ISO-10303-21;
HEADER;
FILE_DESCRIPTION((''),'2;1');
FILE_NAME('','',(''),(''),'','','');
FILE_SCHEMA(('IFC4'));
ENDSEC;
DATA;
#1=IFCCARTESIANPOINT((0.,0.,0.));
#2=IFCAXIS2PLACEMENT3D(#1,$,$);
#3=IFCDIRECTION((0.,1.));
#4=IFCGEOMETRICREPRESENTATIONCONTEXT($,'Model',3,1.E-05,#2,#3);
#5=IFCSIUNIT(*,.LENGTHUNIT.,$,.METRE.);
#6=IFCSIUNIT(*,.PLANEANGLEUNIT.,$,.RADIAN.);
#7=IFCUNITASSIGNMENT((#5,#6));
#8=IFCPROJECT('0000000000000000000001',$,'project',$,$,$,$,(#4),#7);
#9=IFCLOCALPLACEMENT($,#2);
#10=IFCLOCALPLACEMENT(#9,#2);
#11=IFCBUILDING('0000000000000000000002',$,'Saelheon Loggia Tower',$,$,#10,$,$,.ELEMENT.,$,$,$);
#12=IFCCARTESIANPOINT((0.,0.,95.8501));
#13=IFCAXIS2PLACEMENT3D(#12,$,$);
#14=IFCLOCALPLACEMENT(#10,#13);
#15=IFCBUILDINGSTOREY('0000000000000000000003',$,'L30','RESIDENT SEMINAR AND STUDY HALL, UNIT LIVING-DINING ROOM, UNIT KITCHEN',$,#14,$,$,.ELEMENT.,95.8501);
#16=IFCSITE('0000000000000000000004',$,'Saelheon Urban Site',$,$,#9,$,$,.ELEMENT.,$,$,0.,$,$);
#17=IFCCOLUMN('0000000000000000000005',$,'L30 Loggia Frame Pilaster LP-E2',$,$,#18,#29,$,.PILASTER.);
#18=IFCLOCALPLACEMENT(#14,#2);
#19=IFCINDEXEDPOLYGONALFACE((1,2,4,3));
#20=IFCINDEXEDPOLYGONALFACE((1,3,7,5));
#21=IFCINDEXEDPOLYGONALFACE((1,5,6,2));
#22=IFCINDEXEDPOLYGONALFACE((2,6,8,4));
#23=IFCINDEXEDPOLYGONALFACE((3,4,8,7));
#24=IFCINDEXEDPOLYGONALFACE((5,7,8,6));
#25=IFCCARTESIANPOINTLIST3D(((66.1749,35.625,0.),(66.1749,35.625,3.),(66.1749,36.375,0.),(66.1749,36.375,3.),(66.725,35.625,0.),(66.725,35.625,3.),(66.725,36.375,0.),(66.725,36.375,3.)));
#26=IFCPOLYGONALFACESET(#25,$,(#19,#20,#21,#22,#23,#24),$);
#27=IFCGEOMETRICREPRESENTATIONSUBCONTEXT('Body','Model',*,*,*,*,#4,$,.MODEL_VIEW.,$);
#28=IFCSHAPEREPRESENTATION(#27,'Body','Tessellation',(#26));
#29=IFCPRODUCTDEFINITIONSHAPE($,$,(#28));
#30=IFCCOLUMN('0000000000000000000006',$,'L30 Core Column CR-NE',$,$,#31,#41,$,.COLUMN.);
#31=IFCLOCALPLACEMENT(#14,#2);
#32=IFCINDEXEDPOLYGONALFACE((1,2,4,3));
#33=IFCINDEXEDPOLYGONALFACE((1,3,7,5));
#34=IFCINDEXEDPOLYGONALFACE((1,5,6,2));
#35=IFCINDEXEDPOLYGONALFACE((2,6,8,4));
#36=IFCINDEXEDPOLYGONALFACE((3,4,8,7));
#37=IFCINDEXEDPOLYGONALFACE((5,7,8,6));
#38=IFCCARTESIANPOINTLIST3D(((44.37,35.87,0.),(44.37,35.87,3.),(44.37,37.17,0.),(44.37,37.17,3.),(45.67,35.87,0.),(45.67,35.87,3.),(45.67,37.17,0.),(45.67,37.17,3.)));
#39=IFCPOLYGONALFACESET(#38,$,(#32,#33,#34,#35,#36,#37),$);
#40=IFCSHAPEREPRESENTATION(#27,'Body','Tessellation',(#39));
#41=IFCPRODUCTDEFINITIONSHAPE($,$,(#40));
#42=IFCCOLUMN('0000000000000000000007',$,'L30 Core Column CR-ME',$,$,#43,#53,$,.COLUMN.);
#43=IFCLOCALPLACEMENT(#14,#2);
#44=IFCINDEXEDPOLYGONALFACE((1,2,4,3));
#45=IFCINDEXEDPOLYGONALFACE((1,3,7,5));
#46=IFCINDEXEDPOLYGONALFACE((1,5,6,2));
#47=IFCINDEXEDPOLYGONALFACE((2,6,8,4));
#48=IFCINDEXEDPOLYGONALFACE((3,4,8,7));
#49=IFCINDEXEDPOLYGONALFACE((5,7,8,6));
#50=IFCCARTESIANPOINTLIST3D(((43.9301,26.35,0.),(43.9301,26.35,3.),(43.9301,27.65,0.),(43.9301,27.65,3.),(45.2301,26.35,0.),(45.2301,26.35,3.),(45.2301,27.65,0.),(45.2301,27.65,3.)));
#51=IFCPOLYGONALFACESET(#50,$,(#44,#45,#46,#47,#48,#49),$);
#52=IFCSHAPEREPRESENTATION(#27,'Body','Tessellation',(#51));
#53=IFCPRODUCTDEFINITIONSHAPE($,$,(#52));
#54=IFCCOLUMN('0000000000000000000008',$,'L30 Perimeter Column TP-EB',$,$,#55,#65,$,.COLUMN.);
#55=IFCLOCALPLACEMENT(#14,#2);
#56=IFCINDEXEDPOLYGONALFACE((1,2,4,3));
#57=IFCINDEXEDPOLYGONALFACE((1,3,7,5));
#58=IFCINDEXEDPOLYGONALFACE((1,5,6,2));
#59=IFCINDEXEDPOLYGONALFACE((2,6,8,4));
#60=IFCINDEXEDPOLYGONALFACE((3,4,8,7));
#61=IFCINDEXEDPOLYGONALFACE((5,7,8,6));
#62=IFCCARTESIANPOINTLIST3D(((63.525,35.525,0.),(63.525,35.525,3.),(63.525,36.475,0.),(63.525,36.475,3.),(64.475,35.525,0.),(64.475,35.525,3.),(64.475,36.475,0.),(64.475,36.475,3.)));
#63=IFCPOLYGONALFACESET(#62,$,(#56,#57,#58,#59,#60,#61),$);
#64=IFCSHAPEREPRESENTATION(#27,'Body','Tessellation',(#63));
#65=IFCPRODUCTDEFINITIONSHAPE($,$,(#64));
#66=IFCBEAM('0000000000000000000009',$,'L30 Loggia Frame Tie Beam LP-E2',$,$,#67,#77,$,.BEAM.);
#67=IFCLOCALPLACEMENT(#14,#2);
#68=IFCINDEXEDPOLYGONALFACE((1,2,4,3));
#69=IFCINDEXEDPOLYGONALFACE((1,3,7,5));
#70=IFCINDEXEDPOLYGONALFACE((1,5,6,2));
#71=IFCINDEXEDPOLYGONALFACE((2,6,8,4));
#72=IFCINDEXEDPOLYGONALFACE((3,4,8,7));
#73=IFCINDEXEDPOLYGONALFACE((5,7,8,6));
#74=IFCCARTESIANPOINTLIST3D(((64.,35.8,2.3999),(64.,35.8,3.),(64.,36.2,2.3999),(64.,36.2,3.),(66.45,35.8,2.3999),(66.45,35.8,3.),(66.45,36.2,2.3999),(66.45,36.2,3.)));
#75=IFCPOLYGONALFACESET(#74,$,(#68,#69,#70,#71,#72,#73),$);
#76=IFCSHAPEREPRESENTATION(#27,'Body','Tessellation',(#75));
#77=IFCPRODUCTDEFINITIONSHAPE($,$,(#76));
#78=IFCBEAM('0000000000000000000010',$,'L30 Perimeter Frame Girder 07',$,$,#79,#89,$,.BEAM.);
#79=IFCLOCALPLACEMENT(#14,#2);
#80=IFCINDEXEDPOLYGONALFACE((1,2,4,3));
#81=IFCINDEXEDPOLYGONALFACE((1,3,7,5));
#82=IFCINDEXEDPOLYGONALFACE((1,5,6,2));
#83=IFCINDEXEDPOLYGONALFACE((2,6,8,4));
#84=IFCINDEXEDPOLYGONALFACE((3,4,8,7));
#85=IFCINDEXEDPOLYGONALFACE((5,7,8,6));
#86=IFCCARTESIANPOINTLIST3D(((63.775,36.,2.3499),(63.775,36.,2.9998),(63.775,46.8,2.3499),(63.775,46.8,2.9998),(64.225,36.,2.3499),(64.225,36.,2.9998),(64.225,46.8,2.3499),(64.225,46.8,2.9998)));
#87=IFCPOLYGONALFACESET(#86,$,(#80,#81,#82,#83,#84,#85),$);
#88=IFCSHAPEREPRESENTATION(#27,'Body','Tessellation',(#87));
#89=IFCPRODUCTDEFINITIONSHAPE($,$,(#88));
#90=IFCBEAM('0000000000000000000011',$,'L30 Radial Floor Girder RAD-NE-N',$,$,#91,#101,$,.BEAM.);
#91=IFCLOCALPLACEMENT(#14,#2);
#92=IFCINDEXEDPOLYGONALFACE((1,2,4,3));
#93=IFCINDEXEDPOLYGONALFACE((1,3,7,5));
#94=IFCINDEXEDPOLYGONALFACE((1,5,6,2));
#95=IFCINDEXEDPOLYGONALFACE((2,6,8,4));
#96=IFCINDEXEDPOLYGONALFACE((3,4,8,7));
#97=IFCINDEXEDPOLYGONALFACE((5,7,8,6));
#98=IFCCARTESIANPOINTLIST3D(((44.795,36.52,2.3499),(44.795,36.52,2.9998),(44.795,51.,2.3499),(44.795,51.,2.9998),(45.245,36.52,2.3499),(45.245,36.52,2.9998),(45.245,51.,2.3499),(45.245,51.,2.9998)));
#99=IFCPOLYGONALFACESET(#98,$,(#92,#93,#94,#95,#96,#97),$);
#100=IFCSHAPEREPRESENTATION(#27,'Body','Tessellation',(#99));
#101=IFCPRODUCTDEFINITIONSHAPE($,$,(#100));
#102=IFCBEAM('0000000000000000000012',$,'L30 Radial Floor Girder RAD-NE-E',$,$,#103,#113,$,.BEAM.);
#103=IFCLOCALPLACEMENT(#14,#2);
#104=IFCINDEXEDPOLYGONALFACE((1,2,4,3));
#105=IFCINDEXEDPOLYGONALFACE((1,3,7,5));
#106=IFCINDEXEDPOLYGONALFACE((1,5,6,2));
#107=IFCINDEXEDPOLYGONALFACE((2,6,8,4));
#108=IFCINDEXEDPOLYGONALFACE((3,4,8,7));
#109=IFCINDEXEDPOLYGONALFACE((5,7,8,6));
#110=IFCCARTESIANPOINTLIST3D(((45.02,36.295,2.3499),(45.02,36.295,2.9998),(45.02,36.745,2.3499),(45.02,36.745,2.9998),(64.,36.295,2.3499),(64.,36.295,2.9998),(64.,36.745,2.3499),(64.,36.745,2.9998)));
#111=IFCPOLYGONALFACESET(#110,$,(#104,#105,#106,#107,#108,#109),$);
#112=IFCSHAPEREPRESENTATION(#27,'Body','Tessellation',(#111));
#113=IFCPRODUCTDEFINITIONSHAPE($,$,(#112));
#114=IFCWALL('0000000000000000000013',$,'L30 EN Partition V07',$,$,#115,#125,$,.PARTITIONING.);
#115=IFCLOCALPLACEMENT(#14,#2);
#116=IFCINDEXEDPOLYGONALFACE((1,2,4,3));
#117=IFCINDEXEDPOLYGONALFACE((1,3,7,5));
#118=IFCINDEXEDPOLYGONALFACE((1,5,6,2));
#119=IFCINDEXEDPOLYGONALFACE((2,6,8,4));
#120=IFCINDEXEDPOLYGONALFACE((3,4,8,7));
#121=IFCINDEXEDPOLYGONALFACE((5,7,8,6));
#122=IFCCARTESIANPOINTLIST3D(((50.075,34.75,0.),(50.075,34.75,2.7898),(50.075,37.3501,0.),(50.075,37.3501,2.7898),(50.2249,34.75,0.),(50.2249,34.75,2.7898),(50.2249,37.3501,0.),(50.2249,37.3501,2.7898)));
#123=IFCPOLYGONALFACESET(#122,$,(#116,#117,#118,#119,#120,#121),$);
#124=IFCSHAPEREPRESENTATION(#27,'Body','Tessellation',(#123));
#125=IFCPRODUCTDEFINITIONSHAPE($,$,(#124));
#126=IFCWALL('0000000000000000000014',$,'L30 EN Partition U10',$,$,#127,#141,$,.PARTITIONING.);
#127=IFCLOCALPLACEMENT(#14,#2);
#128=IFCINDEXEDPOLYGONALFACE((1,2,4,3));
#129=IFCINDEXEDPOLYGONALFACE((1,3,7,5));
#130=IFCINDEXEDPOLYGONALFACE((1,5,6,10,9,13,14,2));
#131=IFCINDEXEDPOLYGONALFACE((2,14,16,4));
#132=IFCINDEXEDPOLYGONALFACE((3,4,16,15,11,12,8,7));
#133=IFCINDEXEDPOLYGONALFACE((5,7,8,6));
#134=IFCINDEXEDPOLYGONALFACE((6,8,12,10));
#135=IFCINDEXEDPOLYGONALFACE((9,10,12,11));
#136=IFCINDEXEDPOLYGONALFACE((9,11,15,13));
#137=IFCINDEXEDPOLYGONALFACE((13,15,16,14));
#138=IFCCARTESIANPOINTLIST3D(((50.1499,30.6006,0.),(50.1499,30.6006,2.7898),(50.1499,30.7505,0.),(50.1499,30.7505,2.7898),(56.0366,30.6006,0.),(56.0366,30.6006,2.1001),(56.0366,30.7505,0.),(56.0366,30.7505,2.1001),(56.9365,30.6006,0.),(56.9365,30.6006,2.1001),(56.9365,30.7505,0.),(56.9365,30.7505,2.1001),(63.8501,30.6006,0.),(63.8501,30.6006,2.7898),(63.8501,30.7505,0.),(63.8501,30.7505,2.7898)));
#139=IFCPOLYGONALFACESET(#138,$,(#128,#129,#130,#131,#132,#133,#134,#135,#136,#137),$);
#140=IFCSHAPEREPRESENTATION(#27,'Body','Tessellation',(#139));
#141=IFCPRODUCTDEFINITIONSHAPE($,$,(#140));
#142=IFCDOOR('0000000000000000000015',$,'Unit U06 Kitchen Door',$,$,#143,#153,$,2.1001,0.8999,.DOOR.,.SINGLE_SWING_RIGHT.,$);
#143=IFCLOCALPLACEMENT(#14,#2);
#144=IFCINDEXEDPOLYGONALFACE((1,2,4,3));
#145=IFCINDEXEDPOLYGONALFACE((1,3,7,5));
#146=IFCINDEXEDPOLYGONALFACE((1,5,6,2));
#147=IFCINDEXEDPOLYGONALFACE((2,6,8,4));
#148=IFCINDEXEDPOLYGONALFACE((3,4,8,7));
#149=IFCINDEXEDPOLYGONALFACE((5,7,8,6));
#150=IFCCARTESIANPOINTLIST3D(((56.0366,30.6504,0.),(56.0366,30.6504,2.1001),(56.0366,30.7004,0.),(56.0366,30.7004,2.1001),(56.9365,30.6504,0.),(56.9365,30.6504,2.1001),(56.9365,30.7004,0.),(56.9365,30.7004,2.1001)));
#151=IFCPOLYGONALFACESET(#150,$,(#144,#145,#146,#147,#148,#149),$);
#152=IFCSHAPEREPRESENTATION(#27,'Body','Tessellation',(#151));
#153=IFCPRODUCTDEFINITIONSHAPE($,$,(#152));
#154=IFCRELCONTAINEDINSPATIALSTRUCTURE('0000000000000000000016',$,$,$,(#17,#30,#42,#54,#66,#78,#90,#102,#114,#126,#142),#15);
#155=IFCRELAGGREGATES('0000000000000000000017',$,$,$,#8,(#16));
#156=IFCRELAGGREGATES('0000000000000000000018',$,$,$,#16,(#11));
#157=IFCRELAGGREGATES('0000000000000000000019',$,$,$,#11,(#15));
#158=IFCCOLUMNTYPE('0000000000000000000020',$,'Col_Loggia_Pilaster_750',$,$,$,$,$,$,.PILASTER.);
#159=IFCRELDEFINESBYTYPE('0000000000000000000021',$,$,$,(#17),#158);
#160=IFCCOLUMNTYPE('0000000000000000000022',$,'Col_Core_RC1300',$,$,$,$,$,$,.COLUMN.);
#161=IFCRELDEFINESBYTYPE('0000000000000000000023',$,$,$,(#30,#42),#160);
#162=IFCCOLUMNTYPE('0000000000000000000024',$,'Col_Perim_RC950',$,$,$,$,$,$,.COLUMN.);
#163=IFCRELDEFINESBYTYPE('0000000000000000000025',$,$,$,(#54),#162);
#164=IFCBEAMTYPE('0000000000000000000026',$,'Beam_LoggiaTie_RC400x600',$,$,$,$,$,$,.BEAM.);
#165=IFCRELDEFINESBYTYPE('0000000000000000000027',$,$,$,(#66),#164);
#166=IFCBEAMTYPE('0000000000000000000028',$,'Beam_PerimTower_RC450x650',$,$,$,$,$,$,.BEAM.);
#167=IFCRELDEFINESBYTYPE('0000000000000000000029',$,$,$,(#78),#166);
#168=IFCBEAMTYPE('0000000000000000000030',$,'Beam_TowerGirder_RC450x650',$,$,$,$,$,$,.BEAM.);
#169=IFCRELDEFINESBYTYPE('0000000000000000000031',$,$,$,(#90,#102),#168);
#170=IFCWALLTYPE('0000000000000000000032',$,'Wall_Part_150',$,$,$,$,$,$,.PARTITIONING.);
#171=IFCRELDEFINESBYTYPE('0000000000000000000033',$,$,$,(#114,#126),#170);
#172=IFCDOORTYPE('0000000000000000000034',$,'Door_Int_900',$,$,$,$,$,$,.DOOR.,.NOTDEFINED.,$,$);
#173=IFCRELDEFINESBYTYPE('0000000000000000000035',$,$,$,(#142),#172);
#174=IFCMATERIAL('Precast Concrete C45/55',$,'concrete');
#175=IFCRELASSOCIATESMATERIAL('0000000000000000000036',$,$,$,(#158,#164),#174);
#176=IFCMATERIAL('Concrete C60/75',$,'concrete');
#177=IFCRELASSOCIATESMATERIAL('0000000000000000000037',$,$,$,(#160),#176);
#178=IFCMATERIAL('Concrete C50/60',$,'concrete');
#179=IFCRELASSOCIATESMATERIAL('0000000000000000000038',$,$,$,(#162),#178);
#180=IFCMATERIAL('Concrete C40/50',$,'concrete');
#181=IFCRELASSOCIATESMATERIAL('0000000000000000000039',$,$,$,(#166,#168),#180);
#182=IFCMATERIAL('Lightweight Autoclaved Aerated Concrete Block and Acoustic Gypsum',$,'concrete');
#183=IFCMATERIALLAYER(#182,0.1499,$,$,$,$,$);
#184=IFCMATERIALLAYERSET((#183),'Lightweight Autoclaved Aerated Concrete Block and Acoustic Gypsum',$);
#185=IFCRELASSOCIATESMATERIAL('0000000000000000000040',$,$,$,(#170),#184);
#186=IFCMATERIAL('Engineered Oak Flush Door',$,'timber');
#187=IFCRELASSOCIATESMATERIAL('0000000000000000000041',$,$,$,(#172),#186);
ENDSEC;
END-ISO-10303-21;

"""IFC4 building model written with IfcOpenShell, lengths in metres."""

from ifc_helpers import new_model, si_unit, direction, frame, frame_2d, origin, origin_2d, place, context, subcontext, project, spatial, rectangle, extrude, source, transform, mapped, material, layer, layer_set, material_profile, profile_set, type_object, element, fill, save


model = new_model("IFC4")

# Units and contexts
model_context = context("Model", 3, precision=1e-05, world=origin(), true_north=direction((0.0, 1.0)))
body_context = subcontext(model_context, "Body", "Model", "MODEL_VIEW")
ifc_project = project(units=[si_unit("LENGTHUNIT", "METRE"), si_unit("PLANEANGLEUNIT", "RADIAN")], contexts=[model_context])

# Site, building, storey
site_placement = place(None, origin())
site = spatial("IfcSite", under=ifc_project, at=site_placement, Name="Saelheon Urban Site", CompositionType="ELEMENT", RefElevation=0.0)
building_placement = place(site_placement, origin())
building = spatial("IfcBuilding", under=site, at=building_placement, Name="Saelheon Loggia Tower", CompositionType="ELEMENT")
storey_placement = place(building_placement, frame((0.0, 0.0, 95.8501)))
storey = spatial("IfcBuildingStorey", under=building, at=storey_placement, Name="L30", Description="RESIDENT SEMINAR AND STUDY HALL, UNIT LIVING-DINING ROOM, UNIT KITCHEN", CompositionType="ELEMENT", Elevation=95.8501)

# Columns
ifc_material_1 = material(Name="Precast Concrete C45/55", Category="concrete")
ifc_material_profile_1 = material_profile(ifc_material_1, rectangle(XDim=0.55, YDim=0.75, at=origin_2d()), Name="RC-550x750")
ifc_profile_set_1 = profile_set([ifc_material_profile_1], Name="Precast Concrete C45/55")
column_type_1 = type_object("IfcColumnType", Name="Col_Loggia_Pilaster_750", PredefinedType="PILASTER", material=ifc_profile_set_1)
shared_shape_1 = source(origin(), body_context, "Body", "SweptSolid", [
    extrude(rectangle(XDim=0.55, YDim=0.75, at=origin_2d()), origin(), (0.0, 0.0, 1.0), 3.0),
])
column_1_placement = place(storey_placement, frame((66.45, 36.0, 0.0), z_axis=(0.0, 0.0, 1.0), x_axis=(1.0, 0.0, 0.0)))
element("IfcColumn", 1, at=column_1_placement, inside=storey, type_object=column_type_1, Name="L30 Loggia Frame Pilaster LP-E2", PredefinedType="PILASTER", context=body_context, shape_type="MappedRepresentation", body=[
    mapped(shared_shape_1, transform((0.0, 0.0, 0.0), scale=1.0)),
])
ifc_material_2 = material(Name="Concrete C60/75", Category="concrete")
ifc_material_profile_2 = material_profile(ifc_material_2, rectangle(XDim=1.3, YDim=1.3, at=origin_2d()), Name="RC-1300x1300")
ifc_profile_set_2 = profile_set([ifc_material_profile_2], Name="Concrete C60/75")
column_type_2 = type_object("IfcColumnType", Name="Col_Core_RC1300", PredefinedType="COLUMN", material=ifc_profile_set_2)
shared_shape_2 = source(origin(), body_context, "Body", "SweptSolid", [
    extrude(rectangle(XDim=1.3, YDim=1.3, at=origin_2d()), origin(), (0.0, 0.0, 1.0), 3.0),
])
for number, where, z_axis, x_axis, name in (
    (2, (45.02, 36.52, 0.0), (0.0, 0.0, 1.0), (1.0, 0.0, 0.0), "L30 Core Column CR-NE"),
    (3, (44.5801, 27.0, 0.0), (0.0, 0.0, 1.0), (1.0, 0.0, 0.0), "L30 Core Column CR-ME"),
):
    element("IfcColumn", number, at=place(storey_placement, frame(where, z_axis=z_axis, x_axis=x_axis)), inside=storey, type_object=column_type_2, Name=name, PredefinedType="COLUMN", context=body_context, shape_type="MappedRepresentation", body=[
        mapped(shared_shape_2, transform((0.0, 0.0, 0.0), scale=1.0)),
    ])
ifc_material_3 = material(Name="Concrete C50/60", Category="concrete")
ifc_material_profile_3 = material_profile(ifc_material_3, rectangle(XDim=0.95, YDim=0.95, at=origin_2d()), Name="RC-950x950")
ifc_profile_set_3 = profile_set([ifc_material_profile_3], Name="Concrete C50/60")
column_type_3 = type_object("IfcColumnType", Name="Col_Perim_RC950", PredefinedType="COLUMN", material=ifc_profile_set_3)
shared_shape_3 = source(origin(), body_context, "Body", "SweptSolid", [
    extrude(rectangle(XDim=0.95, YDim=0.95, at=origin_2d()), origin(), (0.0, 0.0, 1.0), 3.0),
])
column_2_placement = place(storey_placement, frame((64.0, 36.0, 0.0), z_axis=(0.0, 0.0, 1.0), x_axis=(1.0, 0.0, 0.0)))
element("IfcColumn", 4, at=column_2_placement, inside=storey, type_object=column_type_3, Name="L30 Perimeter Column TP-EB", PredefinedType="COLUMN", context=body_context, shape_type="MappedRepresentation", body=[
    mapped(shared_shape_3, transform((0.0, 0.0, 0.0), scale=1.0)),
])

# Beams
ifc_material_profile_4 = material_profile(ifc_material_1, rectangle(XDim=0.3999, YDim=0.6001, at=origin_2d()), Name="RC-400x600")
ifc_profile_set_4 = profile_set([ifc_material_profile_4], Name="Precast Concrete C45/55")
beam_type_1 = type_object("IfcBeamType", Name="Beam_LoggiaTie_RC400x600", PredefinedType="BEAM", material=ifc_profile_set_4)
shared_shape_4 = source(origin(), body_context, "Body", "SweptSolid", [
    extrude(rectangle(XDim=0.3999, YDim=0.6001, at=origin_2d()), origin(), (0.0, 0.0, 1.0), 2.45),
])
beam_1_placement = place(storey_placement, frame((64.0, 36.0, 2.7), z_axis=(1.0, 0.0, 0.0), x_axis=(0.0, 1.0, 0.0)))
element("IfcBeam", 5, at=beam_1_placement, inside=storey, type_object=beam_type_1, Name="L30 Loggia Frame Tie Beam LP-E2", PredefinedType="BEAM", context=body_context, shape_type="MappedRepresentation", body=[
    mapped(shared_shape_4, transform((0.0, 0.0, 0.0), scale=1.0)),
])
ifc_material_4 = material(Name="Concrete C40/50", Category="concrete")
ifc_material_profile_5 = material_profile(ifc_material_4, rectangle(XDim=0.45, YDim=0.6499, at=origin_2d()), Name="RC-450x650")
ifc_profile_set_5 = profile_set([ifc_material_profile_5], Name="Concrete C40/50")
beam_type_2 = type_object("IfcBeamType", Name="Beam_PerimTower_RC450x650", PredefinedType="BEAM", material=ifc_profile_set_5)
shared_shape_5 = source(origin(), body_context, "Body", "SweptSolid", [
    extrude(rectangle(XDim=0.45, YDim=0.6499, at=origin_2d()), origin(), (0.0, 0.0, 1.0), 10.8),
])
beam_2_placement = place(storey_placement, frame((64.0, 36.0, 2.6748), z_axis=(0.0, 1.0, 0.0), x_axis=(-1.0, 0.0, 0.0)))
element("IfcBeam", 6, at=beam_2_placement, inside=storey, type_object=beam_type_2, Name="L30 Perimeter Frame Girder 07", PredefinedType="BEAM", context=body_context, shape_type="MappedRepresentation", body=[
    mapped(shared_shape_5, transform((0.0, 0.0, 0.0), scale=1.0)),
])
ifc_material_profile_6 = material_profile(ifc_material_4, rectangle(XDim=0.45, YDim=0.6499, at=origin_2d()), Name="RC-450x650")
ifc_profile_set_6 = profile_set([ifc_material_profile_6], Name="Concrete C40/50")
beam_type_3 = type_object("IfcBeamType", Name="Beam_TowerGirder_RC450x650", PredefinedType="BEAM", material=ifc_profile_set_6)
shared_shape_6 = source(origin(), body_context, "Body", "SweptSolid", [
    extrude(rectangle(XDim=0.45, YDim=0.6499, at=origin_2d()), origin(), (0.0, 0.0, 1.0), 14.48),
])
beam_3_placement = place(storey_placement, frame((45.02, 36.52, 2.6748), z_axis=(0.0, 1.0, 0.0), x_axis=(-1.0, 0.0, 0.0)))
element("IfcBeam", 7, at=beam_3_placement, inside=storey, type_object=beam_type_3, Name="L30 Radial Floor Girder RAD-NE-N", PredefinedType="BEAM", context=body_context, shape_type="MappedRepresentation", body=[
    mapped(shared_shape_6, transform((0.0, 0.0, 0.0), scale=1.0)),
])
shared_shape_7 = source(origin(), body_context, "Body", "SweptSolid", [
    extrude(rectangle(XDim=0.45, YDim=0.6499, at=origin_2d()), origin(), (0.0, 0.0, 1.0), 18.98),
])
beam_4_placement = place(storey_placement, frame((45.02, 36.52, 2.6748), z_axis=(1.0, 0.0, 0.0), x_axis=(0.0, 1.0, 0.0)))
element("IfcBeam", 8, at=beam_4_placement, inside=storey, type_object=beam_type_3, Name="L30 Radial Floor Girder RAD-NE-E", PredefinedType="BEAM", context=body_context, shape_type="MappedRepresentation", body=[
    mapped(shared_shape_7, transform((0.0, 0.0, 0.0), scale=1.0)),
])

# Wall
ifc_material_5 = material(Name="Lightweight Autoclaved Aerated Concrete Block and Acoustic Gypsum", Category="concrete")
ifc_layer_1 = layer(ifc_material_5, 0.1499)
ifc_layer_set_1 = layer_set([ifc_layer_1], Name="Lightweight Autoclaved Aerated Concrete Block and Acoustic Gypsum")
wall_type_1 = type_object("IfcWallType", Name="Wall_Part_150", PredefinedType="PARTITIONING", material=ifc_layer_set_1)
wall_1_placement = place(storey_placement, frame((50.1499, 34.75, 0.0), z_axis=(0.0, 0.0, 1.0), x_axis=(0.0, 1.0, 0.0)))
element("IfcWall", 9, at=wall_1_placement, inside=storey, type_object=wall_type_1, Name="L30 EN Partition V07", PredefinedType="PARTITIONING", context=body_context, shape_type="SweptSolid", body=[
    extrude(rectangle(XDim=2.6001, YDim=0.1499, at=frame_2d((1.3, 0.0))), origin(), (0.0, 0.0, 1.0), 2.7898),
])

# Wall, opening, door
wall_2_placement = place(storey_placement, frame((50.1499, 30.6755, 0.0), z_axis=(0.0, 0.0, 1.0), x_axis=(1.0, 0.0, 0.0)))
wall_2 = element("IfcWall", 10, at=wall_2_placement, inside=storey, type_object=wall_type_1, Name="L30 EN Partition U10", PredefinedType="PARTITIONING", context=body_context, shape_type="SweptSolid", body=[
    extrude(rectangle(XDim=13.7002, YDim=0.1499, at=frame_2d((6.8501, 0.0))), origin(), (0.0, 0.0, 1.0), 2.7898),
])
opening_1_placement = place(wall_2_placement, frame((5.8867, 0.0, 0.0)))
opening_1 = element("IfcOpeningElement", 11, at=opening_1_placement, cuts=wall_2, PredefinedType="OPENING", context=body_context, shape_type="SweptSolid", body=[
    extrude(rectangle(XDim=0.8999, YDim=2.1001, at=frame_2d((0.45, 1.05))), frame((0.0, 0.0869, 0.0), z_axis=(0.0, -1.0, 0.0), x_axis=(1.0, 0.0, 0.0)), (0.0, 0.0, 1.0), 0.1738),
])
ifc_material_6 = material(Name="Engineered Oak Flush Door", Category="timber")
door_type_1 = type_object("IfcDoorType", Name="Door_Int_900", OperationType="NOTDEFINED", PredefinedType="DOOR", material=ifc_material_6)
shared_shape_8 = source(origin(), body_context, "Body", "SweptSolid", [
    extrude(rectangle(XDim=0.8999, YDim=2.1001, at=frame_2d((0.45, 1.05))), frame((0.0, 0.0249, 0.0), z_axis=(0.0, -1.0, 0.0), x_axis=(1.0, 0.0, 0.0)), (0.0, 0.0, 1.0), 0.05),
])
door_1_placement = place(opening_1_placement, origin())
door_1 = element("IfcDoor", 12, at=door_1_placement, inside=storey, type_object=door_type_1, Name="Unit U06 Kitchen Door", OperationType="SINGLE_SWING_RIGHT", OverallHeight=2.1001, OverallWidth=0.8999, PredefinedType="DOOR", context=body_context, shape_type="MappedRepresentation", body=[
    mapped(shared_shape_8, transform((0.0, 0.0, 0.0), scale=1.0)),
])
fill(opening_1, door_1)

save(model, "model.ifc")
